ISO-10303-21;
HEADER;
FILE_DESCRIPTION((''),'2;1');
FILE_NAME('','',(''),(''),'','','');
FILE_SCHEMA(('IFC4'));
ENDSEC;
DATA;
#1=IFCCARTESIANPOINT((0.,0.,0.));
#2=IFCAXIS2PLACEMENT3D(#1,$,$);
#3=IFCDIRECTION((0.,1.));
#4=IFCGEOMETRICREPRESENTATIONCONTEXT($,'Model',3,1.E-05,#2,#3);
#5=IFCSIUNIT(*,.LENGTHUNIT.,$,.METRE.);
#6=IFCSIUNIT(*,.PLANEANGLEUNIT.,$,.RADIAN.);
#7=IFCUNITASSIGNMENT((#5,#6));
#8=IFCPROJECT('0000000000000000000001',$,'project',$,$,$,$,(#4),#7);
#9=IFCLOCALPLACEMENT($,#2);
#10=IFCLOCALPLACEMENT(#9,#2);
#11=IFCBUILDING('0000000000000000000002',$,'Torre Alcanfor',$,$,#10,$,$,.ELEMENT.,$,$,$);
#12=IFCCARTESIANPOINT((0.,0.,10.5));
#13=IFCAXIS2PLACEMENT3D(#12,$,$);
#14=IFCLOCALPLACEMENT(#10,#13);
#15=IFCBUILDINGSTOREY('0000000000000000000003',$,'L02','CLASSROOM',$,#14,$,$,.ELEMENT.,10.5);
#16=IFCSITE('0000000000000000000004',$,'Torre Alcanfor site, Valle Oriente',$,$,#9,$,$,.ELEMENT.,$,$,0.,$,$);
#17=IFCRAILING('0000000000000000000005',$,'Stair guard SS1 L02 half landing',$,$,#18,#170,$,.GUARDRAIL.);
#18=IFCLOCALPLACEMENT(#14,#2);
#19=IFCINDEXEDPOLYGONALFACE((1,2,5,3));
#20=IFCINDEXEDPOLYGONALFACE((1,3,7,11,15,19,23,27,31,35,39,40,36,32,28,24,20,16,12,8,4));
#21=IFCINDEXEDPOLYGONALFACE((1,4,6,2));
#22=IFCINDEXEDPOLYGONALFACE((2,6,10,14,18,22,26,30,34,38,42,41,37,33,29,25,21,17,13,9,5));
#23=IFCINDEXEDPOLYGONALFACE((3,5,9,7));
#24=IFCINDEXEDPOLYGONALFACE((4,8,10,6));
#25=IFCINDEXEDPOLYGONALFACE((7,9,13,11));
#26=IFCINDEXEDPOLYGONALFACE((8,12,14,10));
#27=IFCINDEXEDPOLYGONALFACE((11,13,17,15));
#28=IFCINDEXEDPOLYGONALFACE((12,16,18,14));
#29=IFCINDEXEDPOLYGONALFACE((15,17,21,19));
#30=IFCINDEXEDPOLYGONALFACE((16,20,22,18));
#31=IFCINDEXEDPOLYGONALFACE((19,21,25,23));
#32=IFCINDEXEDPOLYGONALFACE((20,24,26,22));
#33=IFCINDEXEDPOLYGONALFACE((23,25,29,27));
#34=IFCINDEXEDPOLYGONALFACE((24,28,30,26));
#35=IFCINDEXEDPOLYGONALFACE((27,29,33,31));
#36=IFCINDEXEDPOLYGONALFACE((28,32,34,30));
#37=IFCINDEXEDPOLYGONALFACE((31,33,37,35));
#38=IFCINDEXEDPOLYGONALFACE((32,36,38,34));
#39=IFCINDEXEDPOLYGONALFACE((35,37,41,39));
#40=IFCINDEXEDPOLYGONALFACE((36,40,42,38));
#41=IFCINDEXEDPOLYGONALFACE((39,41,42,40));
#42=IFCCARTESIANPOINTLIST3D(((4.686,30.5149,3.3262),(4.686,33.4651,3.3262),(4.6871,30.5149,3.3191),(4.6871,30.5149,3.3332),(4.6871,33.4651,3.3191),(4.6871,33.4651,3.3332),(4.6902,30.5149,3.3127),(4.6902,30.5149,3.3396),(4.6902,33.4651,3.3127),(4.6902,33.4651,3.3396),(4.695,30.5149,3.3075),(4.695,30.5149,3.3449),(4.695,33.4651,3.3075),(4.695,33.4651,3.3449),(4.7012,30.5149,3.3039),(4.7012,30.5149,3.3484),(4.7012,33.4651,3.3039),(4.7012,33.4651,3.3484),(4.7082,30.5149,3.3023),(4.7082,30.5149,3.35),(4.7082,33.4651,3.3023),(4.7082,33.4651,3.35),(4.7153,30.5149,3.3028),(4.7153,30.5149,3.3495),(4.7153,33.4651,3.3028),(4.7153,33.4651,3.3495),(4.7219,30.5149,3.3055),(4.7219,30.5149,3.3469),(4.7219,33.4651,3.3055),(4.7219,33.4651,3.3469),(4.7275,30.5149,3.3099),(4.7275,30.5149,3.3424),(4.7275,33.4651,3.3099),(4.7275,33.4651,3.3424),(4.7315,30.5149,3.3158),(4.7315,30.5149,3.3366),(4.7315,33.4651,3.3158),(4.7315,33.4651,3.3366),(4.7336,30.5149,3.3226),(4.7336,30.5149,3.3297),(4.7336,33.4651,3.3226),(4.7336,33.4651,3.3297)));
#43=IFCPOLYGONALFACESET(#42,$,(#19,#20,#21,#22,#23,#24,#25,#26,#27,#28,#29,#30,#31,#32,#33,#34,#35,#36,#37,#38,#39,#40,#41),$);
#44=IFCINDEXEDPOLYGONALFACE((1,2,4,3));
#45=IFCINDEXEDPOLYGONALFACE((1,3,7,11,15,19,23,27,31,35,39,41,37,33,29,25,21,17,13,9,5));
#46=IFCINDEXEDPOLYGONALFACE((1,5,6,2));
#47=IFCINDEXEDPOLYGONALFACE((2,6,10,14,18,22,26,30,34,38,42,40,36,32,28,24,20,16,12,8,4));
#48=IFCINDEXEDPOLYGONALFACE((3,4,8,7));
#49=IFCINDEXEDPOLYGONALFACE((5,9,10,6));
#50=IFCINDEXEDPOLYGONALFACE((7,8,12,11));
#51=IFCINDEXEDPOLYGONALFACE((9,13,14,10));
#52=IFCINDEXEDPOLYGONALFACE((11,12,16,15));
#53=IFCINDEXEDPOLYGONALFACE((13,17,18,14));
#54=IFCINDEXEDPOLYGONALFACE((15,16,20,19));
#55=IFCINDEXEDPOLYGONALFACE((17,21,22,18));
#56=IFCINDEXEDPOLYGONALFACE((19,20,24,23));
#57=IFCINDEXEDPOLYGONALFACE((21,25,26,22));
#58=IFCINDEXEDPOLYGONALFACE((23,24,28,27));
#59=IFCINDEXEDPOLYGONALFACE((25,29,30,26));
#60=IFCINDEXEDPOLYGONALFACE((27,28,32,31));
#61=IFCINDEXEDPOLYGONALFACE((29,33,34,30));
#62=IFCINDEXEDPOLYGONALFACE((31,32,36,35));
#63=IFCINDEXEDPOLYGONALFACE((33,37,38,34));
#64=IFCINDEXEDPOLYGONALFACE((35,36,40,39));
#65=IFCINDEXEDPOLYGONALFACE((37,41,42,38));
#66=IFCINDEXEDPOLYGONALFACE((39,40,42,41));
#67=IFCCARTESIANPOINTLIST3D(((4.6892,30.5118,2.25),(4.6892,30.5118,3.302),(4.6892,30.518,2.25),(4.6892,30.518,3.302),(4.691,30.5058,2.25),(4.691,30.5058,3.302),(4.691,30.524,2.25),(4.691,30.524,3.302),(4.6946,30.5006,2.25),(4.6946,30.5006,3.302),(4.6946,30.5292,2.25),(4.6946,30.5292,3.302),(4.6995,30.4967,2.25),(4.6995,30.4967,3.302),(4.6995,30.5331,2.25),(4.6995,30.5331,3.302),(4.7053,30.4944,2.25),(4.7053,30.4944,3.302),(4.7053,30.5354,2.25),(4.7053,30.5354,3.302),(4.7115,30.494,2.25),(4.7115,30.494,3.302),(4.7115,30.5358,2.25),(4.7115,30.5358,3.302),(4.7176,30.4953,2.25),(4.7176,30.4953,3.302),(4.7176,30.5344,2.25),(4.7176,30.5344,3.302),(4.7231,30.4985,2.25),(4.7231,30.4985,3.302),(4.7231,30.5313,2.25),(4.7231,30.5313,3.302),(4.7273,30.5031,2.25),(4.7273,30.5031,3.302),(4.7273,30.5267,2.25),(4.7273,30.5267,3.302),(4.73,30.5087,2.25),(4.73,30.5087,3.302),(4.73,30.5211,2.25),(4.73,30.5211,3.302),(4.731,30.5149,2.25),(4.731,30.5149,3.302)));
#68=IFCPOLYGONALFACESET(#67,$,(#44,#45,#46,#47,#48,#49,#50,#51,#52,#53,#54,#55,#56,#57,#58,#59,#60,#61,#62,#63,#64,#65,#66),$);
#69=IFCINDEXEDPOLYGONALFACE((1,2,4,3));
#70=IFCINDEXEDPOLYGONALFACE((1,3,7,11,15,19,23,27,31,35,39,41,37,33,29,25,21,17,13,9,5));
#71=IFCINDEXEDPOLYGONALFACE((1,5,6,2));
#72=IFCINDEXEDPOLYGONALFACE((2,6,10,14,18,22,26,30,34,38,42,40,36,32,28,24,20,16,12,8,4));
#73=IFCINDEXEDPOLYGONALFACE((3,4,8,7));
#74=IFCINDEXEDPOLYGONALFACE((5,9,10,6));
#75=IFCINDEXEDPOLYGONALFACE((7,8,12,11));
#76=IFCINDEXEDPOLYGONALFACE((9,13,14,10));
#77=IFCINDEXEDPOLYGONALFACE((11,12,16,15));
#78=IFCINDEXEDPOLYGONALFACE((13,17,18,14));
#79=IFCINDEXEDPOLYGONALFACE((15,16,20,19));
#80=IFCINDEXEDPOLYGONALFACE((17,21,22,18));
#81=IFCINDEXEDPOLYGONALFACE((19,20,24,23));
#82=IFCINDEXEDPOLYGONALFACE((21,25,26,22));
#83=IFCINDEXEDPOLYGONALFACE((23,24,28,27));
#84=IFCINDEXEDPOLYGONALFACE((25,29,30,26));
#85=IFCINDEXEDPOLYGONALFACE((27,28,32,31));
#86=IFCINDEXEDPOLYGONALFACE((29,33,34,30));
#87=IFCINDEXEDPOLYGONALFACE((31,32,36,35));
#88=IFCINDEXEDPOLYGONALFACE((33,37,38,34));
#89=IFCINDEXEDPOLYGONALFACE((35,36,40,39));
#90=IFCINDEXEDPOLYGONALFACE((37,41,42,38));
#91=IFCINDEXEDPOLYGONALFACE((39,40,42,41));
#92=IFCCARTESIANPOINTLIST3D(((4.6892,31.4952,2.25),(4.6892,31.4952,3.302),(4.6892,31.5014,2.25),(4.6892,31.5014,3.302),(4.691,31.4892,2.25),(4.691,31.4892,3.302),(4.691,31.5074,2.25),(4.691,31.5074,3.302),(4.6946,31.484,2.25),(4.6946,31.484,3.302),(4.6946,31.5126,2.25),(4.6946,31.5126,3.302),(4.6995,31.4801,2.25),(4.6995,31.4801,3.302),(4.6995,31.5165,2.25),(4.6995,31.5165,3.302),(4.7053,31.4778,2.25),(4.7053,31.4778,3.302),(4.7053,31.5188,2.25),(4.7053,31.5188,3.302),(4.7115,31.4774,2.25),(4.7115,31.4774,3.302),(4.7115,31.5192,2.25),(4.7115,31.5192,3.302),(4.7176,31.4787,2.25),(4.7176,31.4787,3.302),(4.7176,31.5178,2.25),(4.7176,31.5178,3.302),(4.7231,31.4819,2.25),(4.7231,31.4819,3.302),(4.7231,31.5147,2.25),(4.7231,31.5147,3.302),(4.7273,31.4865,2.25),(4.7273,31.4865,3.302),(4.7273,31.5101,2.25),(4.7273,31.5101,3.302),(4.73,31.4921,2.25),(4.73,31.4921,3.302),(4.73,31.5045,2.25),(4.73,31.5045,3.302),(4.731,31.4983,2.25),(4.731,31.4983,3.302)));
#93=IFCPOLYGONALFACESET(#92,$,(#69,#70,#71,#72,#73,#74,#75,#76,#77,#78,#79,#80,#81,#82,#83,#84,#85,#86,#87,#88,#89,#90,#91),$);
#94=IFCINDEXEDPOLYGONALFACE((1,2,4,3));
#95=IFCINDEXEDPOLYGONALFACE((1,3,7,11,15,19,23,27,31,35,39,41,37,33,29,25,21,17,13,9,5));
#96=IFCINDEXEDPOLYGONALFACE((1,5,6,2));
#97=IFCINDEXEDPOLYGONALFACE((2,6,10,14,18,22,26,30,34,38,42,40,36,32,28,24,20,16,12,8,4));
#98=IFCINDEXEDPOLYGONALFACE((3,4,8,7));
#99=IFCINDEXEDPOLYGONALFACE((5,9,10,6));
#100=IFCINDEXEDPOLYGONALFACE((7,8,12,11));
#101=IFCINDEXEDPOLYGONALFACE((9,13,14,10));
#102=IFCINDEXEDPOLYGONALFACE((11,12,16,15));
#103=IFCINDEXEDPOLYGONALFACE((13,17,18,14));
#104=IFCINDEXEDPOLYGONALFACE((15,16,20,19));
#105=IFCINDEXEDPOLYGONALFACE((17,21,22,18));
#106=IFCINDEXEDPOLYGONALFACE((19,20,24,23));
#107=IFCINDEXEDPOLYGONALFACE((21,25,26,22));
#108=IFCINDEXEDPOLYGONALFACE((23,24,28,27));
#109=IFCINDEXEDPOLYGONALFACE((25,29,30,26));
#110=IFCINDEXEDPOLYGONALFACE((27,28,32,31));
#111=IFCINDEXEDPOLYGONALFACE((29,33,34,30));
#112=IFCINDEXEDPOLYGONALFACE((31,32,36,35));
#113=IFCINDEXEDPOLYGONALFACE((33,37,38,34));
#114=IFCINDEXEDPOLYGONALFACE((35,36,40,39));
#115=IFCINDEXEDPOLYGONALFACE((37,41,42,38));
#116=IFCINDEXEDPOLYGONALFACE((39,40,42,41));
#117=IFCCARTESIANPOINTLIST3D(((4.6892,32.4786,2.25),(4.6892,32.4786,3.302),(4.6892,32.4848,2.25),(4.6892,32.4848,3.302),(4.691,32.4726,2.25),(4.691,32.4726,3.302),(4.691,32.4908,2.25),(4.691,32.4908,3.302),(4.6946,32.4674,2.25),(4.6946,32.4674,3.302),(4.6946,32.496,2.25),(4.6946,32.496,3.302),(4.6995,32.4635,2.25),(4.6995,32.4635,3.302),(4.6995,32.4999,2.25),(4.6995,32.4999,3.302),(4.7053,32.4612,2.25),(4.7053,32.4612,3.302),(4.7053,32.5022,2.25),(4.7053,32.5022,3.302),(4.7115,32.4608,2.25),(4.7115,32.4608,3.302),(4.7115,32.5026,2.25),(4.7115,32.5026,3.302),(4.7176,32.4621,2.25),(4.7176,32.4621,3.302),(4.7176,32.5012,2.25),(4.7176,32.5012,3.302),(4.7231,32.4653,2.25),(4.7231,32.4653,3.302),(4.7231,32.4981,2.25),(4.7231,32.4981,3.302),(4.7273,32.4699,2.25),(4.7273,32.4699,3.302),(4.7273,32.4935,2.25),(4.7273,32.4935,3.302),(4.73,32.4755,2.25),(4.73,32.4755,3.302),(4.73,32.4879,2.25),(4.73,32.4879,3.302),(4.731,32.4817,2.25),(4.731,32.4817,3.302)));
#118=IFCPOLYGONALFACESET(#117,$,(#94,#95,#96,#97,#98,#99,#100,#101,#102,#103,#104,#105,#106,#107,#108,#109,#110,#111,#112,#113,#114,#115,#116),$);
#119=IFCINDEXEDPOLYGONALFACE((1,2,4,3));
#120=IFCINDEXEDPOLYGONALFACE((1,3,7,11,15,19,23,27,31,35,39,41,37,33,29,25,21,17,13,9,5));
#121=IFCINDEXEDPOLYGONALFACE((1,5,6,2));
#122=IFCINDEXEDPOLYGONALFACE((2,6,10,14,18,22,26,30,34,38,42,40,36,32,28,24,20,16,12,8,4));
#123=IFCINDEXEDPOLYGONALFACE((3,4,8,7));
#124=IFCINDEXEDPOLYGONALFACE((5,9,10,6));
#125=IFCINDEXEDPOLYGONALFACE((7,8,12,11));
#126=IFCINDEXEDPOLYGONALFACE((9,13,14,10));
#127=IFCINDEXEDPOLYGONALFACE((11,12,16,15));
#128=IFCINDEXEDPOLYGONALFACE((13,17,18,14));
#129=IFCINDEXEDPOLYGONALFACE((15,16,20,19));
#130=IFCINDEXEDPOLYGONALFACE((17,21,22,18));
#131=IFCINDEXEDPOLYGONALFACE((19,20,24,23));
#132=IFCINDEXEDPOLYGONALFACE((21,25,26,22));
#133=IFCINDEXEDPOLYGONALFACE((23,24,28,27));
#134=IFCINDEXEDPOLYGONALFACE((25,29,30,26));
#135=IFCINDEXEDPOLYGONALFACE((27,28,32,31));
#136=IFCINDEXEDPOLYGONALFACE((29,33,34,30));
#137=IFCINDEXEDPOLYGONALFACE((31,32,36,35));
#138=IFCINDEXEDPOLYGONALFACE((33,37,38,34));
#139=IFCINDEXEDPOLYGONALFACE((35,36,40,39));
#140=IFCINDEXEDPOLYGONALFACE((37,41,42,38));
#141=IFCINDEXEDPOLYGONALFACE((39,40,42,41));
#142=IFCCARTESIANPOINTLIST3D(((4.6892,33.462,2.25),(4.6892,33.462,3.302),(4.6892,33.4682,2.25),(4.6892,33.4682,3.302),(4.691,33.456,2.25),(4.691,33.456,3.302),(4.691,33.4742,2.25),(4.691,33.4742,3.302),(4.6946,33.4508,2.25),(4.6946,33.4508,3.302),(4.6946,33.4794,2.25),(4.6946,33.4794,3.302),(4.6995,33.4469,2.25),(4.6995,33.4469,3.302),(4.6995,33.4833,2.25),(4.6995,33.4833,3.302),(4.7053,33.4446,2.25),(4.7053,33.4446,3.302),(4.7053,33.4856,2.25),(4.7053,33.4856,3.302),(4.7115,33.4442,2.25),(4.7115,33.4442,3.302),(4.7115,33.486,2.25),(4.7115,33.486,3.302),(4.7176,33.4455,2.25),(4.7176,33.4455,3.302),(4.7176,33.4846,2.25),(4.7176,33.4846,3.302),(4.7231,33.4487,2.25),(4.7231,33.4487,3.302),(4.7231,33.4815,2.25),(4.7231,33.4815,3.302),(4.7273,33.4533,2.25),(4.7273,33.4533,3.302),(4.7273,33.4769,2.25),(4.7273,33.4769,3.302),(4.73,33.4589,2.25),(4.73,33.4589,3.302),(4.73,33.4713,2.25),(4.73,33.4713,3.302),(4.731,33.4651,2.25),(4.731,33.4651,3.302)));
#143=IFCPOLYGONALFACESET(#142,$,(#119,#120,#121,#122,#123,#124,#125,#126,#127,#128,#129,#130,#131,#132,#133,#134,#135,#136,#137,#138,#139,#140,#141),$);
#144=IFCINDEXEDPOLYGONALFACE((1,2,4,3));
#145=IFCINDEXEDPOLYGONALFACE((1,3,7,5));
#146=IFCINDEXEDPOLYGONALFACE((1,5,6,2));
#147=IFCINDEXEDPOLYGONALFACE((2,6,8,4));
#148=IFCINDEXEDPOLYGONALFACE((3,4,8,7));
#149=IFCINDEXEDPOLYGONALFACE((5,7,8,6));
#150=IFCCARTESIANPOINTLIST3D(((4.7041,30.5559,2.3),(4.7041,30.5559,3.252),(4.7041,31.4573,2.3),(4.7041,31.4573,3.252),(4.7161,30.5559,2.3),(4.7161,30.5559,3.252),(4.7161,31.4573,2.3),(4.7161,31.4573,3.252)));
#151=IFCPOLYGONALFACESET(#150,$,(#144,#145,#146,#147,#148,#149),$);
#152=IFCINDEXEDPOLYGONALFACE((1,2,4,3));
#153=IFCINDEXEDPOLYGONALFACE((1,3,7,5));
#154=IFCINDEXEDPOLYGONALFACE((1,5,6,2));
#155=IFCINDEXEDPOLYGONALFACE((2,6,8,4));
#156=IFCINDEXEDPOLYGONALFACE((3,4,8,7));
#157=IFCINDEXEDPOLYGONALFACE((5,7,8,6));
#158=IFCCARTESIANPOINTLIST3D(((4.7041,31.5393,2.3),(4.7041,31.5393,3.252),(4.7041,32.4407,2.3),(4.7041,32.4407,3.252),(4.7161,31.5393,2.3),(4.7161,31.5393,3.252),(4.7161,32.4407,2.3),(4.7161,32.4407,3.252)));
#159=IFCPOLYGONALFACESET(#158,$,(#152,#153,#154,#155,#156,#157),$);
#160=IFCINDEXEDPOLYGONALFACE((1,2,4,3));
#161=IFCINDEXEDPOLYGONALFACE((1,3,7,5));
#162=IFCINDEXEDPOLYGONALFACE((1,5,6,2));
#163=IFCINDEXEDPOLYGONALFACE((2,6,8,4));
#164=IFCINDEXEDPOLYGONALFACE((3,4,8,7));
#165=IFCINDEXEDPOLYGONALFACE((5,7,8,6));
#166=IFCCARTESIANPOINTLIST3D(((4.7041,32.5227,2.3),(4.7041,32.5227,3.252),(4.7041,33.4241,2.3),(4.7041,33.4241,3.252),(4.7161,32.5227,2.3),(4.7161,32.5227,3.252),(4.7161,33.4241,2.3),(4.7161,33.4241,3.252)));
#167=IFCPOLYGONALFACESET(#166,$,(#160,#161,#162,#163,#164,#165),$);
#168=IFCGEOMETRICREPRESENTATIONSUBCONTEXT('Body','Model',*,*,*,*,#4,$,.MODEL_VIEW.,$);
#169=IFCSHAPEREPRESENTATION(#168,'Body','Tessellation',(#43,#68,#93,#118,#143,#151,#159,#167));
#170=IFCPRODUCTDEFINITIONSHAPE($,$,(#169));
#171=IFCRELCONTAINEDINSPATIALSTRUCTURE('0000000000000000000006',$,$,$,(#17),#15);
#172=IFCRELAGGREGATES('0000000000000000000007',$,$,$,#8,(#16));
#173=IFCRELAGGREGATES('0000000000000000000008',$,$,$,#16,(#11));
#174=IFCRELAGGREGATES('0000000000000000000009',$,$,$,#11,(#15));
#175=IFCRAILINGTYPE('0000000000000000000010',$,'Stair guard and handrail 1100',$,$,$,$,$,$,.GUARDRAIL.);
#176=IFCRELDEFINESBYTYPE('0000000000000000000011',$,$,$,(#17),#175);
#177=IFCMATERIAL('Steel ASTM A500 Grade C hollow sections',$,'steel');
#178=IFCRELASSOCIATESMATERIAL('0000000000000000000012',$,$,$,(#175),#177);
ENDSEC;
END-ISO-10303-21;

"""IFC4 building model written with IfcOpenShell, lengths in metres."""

from ifc_helpers import new_model, si_unit, direction, frame, origin, origin_2d, place, context, subcontext, project, spatial, polyline, circle, outline, extrude, material, type_object, element, save


model = new_model("IFC4")

# Units and contexts
model_context = context("Model", 3, precision=1e-05, world=origin(), true_north=direction((0.0, 1.0)))
body_context = subcontext(model_context, "Body", "Model", "MODEL_VIEW")
ifc_project = project(units=[si_unit("LENGTHUNIT", "METRE"), si_unit("PLANEANGLEUNIT", "RADIAN")], contexts=[model_context])

# Site, building, storey
site_placement = place(None, origin())
site = spatial("IfcSite", under=ifc_project, at=site_placement, Name="Torre Alcanfor site, Valle Oriente", CompositionType="ELEMENT", RefElevation=0.0)
building_placement = place(site_placement, origin())
building = spatial("IfcBuilding", under=site, at=building_placement, Name="Torre Alcanfor", CompositionType="ELEMENT")
storey_placement = place(building_placement, frame((0.0, 0.0, 10.5)))
storey = spatial("IfcBuildingStorey", under=building, at=storey_placement, Name="L02", Description="CLASSROOM", CompositionType="ELEMENT", Elevation=10.5)

# Railing
ifc_material_1 = material(Name="Steel ASTM A500 Grade C hollow sections", Category="steel")
railing_type_1 = type_object("IfcRailingType", Name="Stair guard and handrail 1100", PredefinedType="GUARDRAIL", material=ifc_material_1)
railing_1_placement = place(storey_placement, frame((4.71, 30.5149, 2.25)))
element("IfcRailing", 1, at=railing_1_placement, inside=storey, type_object=railing_type_1, Name="Stair guard SS1 L02 half landing", PredefinedType="GUARDRAIL", context=body_context, shape_type="SweptSolid", body=[
    extrude(circle(Radius=0.0239, at=origin_2d()), frame((0.0, 0.0, 1.0762), z_axis=(0.0, 1.0, 0.0), x_axis=(-1.0, 0.0, 0.0)), (0.0, 0.0, 1.0), 2.9502),
    extrude(circle(Radius=0.021, at=origin_2d()), origin(), (0.0, 0.0, 1.0), 1.052),
    extrude(circle(Radius=0.021, at=origin_2d()), frame((0.0, 0.9834, 0.0)), (0.0, 0.0, 1.0), 1.052),
    extrude(circle(Radius=0.021, at=origin_2d()), frame((0.0, 1.9668, 0.0)), (0.0, 0.0, 1.0), 1.052),
    extrude(circle(Radius=0.021, at=origin_2d()), frame((0.0, 2.9502, 0.0)), (0.0, 0.0, 1.0), 1.052),
    extrude(outline(polyline([(0.041, 0.05), (0.9424, 0.05), (0.9424, 1.002), (0.041, 1.002), (0.041, 0.05)])), frame((-0.0059, 0.0, 0.0), z_axis=(1.0, 0.0, 0.0), x_axis=(0.0, 1.0, 0.0)), (0.0, 0.0, 1.0), 0.012),
    extrude(outline(polyline([(1.0244, 0.05), (1.9258, 0.05), (1.9258, 1.002), (1.0244, 1.002), (1.0244, 0.05)])), frame((-0.0059, 0.0, 0.0), z_axis=(1.0, 0.0, 0.0), x_axis=(0.0, 1.0, 0.0)), (0.0, 0.0, 1.0), 0.012),
    extrude(outline(polyline([(2.0078, 0.05), (2.9092, 0.05), (2.9092, 1.002), (2.0078, 1.002), (2.0078, 0.05)])), frame((-0.0059, 0.0, 0.0), z_axis=(1.0, 0.0, 0.0), x_axis=(0.0, 1.0, 0.0)), (0.0, 0.0, 1.0), 0.012),
])

save(model, "model.ifc")
